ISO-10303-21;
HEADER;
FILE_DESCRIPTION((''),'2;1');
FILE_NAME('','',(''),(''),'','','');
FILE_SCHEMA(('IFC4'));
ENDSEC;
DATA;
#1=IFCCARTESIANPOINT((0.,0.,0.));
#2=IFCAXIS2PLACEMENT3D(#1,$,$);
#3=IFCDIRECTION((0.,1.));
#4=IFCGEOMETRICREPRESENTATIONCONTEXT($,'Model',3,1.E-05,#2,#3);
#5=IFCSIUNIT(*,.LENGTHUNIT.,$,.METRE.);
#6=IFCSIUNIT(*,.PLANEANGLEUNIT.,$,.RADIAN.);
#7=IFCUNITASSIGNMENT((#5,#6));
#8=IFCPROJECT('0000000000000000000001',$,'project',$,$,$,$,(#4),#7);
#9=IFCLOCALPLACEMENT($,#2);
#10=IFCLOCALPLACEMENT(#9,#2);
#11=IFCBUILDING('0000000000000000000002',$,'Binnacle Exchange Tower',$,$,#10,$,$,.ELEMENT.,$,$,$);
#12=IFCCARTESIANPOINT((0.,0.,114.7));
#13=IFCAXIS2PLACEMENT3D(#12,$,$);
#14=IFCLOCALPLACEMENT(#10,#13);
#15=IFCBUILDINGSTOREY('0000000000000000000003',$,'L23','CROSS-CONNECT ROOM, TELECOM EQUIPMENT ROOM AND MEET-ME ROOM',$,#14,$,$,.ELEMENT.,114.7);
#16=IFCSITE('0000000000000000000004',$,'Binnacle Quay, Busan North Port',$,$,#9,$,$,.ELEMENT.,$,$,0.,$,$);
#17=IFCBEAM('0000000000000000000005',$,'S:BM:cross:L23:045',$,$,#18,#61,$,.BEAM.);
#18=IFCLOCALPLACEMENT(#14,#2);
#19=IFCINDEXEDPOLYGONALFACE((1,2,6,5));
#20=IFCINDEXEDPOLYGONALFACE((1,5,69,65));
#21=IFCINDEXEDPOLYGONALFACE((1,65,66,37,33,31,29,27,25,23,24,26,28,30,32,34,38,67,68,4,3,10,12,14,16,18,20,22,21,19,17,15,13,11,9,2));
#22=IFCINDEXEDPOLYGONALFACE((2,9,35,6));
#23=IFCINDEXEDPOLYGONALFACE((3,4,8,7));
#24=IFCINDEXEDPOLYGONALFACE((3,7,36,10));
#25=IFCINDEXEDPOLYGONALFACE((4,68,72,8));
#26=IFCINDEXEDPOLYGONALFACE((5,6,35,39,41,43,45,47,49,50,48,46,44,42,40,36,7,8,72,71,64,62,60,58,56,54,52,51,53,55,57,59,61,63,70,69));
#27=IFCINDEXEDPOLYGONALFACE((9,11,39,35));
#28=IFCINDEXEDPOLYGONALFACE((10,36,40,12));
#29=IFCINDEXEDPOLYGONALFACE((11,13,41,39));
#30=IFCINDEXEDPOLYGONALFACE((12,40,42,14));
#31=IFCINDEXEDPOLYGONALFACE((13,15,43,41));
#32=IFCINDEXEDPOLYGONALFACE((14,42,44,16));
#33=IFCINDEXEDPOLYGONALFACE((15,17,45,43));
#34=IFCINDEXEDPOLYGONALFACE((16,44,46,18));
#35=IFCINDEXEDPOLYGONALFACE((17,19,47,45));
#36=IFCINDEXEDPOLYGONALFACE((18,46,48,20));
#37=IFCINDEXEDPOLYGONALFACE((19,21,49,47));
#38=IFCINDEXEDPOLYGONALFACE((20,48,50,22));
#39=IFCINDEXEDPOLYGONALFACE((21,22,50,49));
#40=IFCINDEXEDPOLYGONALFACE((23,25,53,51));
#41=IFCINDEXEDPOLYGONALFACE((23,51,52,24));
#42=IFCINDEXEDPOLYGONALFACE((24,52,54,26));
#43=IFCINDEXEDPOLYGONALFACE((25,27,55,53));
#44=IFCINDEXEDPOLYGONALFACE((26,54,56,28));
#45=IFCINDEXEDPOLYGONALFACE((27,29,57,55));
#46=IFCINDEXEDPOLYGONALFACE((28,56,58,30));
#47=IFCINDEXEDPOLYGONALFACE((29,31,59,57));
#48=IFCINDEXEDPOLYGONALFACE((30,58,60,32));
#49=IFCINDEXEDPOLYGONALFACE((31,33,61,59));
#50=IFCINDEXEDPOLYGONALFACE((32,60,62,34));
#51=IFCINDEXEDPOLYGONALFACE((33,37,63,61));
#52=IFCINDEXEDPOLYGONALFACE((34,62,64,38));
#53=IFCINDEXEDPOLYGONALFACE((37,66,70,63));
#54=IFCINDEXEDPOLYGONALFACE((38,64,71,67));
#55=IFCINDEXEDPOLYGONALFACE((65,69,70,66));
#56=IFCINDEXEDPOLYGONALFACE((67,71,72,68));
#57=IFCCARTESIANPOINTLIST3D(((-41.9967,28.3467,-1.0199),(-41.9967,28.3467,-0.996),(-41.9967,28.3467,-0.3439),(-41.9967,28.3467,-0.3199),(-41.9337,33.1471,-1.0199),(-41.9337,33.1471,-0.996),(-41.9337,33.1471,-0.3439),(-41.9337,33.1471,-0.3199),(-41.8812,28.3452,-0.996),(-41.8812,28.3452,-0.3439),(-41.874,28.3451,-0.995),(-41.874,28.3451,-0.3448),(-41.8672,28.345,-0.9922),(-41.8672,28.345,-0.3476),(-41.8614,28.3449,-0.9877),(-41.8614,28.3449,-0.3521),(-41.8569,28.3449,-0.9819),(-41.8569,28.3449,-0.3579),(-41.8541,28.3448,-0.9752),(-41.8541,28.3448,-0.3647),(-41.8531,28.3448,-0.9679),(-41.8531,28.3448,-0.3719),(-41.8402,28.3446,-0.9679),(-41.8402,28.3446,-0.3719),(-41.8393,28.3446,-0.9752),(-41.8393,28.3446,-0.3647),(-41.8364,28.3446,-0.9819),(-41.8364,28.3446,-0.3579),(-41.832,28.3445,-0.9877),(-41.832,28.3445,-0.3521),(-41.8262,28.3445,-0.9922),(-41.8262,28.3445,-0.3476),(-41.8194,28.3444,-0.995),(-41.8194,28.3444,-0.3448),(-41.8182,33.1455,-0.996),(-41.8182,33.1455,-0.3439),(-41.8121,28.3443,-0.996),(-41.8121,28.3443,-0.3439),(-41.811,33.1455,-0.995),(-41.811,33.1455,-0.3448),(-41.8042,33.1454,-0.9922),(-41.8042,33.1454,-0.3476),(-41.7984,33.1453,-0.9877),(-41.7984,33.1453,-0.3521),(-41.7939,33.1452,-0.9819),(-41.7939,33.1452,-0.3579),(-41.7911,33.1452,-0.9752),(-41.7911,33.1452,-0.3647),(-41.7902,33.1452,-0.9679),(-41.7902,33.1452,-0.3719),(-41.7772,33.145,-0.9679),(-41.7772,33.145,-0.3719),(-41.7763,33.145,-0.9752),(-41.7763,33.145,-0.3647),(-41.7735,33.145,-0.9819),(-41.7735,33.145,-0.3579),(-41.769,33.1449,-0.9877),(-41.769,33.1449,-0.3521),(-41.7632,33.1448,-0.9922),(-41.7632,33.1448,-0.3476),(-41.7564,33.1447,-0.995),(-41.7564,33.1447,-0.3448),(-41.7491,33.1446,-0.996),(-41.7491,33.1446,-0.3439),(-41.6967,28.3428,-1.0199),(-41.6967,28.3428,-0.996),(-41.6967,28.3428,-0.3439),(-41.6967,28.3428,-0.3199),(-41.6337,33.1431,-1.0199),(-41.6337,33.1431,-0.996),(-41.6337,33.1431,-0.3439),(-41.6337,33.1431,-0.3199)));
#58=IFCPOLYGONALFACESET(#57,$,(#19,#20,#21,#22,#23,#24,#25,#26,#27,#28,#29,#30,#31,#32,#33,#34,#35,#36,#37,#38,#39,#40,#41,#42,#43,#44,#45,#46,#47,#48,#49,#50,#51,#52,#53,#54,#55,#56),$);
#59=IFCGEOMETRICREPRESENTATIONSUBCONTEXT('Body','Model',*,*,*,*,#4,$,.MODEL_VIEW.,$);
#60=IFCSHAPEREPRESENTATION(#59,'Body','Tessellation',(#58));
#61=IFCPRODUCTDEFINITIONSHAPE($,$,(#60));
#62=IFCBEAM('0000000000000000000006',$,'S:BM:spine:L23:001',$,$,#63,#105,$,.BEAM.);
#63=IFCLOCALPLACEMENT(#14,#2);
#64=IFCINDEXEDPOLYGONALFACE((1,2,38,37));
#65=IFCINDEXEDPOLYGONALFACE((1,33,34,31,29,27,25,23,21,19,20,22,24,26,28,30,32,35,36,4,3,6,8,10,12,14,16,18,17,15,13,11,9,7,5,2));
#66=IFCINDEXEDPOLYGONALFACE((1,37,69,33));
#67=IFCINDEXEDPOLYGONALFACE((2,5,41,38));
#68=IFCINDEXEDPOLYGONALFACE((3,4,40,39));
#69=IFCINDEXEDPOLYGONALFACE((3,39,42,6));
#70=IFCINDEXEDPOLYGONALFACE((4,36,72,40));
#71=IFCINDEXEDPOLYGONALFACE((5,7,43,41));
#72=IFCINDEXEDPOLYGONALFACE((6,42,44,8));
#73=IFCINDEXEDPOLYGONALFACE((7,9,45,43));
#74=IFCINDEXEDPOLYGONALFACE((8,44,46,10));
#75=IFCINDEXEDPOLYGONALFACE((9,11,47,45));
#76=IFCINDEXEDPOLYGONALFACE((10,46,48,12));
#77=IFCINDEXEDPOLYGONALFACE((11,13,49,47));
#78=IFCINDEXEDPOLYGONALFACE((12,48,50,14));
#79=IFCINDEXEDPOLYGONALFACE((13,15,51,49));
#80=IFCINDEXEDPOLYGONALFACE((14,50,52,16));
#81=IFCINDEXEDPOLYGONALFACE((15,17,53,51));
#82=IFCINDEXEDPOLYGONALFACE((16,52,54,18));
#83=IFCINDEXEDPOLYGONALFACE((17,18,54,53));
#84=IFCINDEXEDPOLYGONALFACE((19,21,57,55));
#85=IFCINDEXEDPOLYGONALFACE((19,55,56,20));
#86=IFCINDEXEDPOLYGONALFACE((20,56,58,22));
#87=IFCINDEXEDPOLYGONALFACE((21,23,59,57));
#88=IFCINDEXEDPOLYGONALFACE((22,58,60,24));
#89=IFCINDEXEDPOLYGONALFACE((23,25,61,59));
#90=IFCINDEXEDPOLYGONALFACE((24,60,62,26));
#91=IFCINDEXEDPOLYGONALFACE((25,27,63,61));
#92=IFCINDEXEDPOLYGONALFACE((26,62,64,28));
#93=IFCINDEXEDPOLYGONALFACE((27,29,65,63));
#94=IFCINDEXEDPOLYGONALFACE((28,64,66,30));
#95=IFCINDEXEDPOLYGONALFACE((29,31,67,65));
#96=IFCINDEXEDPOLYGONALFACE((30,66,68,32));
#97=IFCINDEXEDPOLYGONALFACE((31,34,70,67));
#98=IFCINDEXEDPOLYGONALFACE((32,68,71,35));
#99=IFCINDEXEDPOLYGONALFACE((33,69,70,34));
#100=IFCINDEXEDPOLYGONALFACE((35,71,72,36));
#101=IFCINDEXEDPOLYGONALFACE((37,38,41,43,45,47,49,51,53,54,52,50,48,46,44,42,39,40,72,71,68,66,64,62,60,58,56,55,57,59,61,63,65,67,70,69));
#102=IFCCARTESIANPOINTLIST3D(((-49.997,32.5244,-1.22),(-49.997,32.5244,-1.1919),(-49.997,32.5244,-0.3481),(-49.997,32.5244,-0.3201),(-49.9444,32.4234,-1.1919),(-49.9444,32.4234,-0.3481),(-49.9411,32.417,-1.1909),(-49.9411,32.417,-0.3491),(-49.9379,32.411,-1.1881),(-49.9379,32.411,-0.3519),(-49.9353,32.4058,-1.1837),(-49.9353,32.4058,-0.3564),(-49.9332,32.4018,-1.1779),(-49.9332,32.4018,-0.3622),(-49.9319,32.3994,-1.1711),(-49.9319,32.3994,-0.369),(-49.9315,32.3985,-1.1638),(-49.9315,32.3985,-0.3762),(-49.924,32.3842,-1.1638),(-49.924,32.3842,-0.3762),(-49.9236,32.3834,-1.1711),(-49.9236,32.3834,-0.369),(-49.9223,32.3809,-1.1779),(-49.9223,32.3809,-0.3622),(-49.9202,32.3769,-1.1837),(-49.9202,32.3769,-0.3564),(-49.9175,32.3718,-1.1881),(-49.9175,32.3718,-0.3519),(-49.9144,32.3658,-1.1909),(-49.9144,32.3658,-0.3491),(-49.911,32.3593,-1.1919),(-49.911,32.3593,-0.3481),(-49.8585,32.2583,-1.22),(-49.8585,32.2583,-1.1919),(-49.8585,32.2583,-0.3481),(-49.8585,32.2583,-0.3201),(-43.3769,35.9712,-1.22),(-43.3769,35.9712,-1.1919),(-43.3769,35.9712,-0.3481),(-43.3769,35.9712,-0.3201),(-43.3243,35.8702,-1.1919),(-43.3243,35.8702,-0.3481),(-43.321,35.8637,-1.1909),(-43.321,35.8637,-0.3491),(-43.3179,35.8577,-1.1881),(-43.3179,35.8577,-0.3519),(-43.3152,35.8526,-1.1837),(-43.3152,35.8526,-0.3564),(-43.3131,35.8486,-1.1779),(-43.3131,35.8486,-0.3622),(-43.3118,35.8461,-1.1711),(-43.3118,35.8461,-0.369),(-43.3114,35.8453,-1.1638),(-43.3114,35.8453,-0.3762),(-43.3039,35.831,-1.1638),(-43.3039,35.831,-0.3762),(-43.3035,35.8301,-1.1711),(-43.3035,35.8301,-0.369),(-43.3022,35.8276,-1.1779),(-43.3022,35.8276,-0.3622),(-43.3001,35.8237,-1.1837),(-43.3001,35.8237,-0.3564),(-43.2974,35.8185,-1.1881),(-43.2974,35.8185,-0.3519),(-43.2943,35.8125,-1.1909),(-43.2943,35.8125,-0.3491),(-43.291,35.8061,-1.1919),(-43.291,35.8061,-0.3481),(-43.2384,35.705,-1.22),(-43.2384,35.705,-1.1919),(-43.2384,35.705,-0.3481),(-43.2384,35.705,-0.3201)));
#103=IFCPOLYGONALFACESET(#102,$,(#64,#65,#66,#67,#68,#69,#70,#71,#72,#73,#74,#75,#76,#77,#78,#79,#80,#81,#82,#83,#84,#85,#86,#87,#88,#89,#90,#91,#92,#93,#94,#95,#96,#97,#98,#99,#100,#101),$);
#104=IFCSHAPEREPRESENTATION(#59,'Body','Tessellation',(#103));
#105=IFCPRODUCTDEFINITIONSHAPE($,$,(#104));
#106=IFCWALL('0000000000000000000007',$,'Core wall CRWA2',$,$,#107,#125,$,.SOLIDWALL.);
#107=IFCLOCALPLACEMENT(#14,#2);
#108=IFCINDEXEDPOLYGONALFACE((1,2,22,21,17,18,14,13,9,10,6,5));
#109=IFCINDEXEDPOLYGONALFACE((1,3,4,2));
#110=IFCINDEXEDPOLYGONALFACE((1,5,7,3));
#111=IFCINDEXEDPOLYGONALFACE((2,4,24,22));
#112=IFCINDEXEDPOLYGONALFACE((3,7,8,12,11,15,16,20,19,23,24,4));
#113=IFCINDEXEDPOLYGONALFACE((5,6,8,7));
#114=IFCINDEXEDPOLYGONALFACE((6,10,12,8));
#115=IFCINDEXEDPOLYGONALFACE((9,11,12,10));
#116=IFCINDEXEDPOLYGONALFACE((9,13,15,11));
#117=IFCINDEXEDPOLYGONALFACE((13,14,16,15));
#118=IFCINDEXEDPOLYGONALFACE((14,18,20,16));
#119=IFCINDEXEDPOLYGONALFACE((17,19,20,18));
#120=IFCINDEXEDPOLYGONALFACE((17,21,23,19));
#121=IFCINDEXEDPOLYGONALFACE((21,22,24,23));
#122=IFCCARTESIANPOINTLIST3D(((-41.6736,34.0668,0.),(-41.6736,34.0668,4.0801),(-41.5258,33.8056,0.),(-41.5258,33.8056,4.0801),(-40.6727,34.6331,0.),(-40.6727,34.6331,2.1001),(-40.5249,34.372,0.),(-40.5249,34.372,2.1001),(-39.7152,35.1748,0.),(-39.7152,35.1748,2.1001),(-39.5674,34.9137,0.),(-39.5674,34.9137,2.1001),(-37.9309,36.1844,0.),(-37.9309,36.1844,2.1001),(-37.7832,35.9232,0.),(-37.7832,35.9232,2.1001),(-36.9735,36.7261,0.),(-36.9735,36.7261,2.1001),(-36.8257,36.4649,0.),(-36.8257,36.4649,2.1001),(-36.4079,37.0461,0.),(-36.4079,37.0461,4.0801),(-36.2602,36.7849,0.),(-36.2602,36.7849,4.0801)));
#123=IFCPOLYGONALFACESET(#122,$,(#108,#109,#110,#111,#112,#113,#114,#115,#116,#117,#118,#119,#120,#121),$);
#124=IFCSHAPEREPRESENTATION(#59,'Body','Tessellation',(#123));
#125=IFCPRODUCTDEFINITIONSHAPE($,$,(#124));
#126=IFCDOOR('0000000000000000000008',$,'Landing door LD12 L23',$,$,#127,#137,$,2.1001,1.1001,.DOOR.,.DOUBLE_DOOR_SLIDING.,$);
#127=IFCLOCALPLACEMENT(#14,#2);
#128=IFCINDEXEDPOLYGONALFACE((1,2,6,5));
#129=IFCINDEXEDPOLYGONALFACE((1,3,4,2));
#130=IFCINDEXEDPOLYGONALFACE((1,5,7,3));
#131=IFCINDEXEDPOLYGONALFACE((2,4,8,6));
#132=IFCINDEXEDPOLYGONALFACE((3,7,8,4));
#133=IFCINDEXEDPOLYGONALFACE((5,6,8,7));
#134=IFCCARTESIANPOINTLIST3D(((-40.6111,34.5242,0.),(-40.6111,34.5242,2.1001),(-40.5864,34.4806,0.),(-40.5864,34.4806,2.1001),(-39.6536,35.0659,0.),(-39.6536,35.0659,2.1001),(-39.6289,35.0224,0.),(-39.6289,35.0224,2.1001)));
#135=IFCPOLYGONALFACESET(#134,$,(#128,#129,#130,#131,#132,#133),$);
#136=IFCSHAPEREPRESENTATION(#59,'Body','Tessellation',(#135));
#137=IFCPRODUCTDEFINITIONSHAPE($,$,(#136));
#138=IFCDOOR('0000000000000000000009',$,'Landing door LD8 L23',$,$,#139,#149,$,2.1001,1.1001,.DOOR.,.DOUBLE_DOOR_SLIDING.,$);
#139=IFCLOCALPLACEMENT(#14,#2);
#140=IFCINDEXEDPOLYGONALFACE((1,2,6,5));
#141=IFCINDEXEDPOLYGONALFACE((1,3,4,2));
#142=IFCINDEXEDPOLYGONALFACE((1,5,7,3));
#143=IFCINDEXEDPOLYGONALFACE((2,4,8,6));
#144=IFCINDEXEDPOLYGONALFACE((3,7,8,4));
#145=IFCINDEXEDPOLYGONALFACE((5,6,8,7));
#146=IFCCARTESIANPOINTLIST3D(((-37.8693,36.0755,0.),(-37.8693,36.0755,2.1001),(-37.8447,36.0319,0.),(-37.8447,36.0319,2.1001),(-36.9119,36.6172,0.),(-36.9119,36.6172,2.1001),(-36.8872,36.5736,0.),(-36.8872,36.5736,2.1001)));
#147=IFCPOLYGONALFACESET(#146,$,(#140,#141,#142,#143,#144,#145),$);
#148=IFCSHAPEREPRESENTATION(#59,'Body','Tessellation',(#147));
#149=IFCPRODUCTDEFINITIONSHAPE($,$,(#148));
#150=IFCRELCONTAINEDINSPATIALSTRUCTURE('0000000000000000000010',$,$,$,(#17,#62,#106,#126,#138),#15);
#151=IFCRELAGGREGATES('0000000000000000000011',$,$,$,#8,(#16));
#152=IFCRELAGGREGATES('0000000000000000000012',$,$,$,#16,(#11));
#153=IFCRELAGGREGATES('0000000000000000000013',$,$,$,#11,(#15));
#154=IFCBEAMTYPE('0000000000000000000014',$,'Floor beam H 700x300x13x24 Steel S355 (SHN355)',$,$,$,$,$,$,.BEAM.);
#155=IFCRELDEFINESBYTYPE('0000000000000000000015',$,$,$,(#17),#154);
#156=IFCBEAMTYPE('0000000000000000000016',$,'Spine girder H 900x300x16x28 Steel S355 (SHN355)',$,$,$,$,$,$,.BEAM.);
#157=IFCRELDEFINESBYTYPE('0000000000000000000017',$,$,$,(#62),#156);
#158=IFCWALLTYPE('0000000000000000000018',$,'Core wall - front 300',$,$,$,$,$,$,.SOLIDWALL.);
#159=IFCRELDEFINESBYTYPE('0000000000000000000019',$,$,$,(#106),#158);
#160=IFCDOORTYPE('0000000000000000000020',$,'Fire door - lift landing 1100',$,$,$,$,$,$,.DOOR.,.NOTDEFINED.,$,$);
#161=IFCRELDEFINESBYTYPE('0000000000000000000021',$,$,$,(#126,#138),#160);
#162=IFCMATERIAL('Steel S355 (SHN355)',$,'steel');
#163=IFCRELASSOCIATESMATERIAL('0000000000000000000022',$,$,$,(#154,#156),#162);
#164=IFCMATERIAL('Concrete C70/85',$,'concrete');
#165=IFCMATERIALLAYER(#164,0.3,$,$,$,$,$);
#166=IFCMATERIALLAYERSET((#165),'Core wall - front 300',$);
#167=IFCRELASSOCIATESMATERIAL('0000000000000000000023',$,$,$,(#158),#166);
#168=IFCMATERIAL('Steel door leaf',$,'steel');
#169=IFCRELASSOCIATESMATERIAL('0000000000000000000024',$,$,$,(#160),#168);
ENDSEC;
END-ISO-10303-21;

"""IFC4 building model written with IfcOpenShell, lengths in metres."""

from ifc_helpers import new_model, si_unit, direction, frame, frame_2d, origin, origin_2d, place, context, subcontext, project, spatial, rectangle, i_section, extrude, material, layer, layer_set, material_profile, profile_set, type_object, element, fill, save


model = new_model("IFC4")

# Units and contexts
model_context = context("Model", 3, precision=1e-05, world=origin(), true_north=direction((0.0, 1.0)))
body_context = subcontext(model_context, "Body", "Model", "MODEL_VIEW")
ifc_project = project(units=[si_unit("LENGTHUNIT", "METRE"), si_unit("PLANEANGLEUNIT", "RADIAN")], contexts=[model_context])

# Site, building, storey
site_placement = place(None, origin())
site = spatial("IfcSite", under=ifc_project, at=site_placement, Name="Binnacle Quay, Busan North Port", CompositionType="ELEMENT", RefElevation=0.0)
building_placement = place(site_placement, origin())
building = spatial("IfcBuilding", under=site, at=building_placement, Name="Binnacle Exchange Tower", CompositionType="ELEMENT")
storey_placement = place(building_placement, frame((0.0, 0.0, 114.7)))
storey = spatial("IfcBuildingStorey", under=building, at=storey_placement, Name="L23", Description="CROSS-CONNECT ROOM, TELECOM EQUIPMENT ROOM AND MEET-ME ROOM", CompositionType="ELEMENT", Elevation=114.7)

# Shared definitions
ifc_material_1 = material(Name="Concrete C70/85", Category="concrete")

# Beams
ifc_material_2 = material(Name="Steel S355 (SHN355)", Category="steel")
ifc_material_profile_1 = material_profile(ifc_material_2, i_section(OverallWidth=0.3, OverallDepth=0.7, WebThickness=0.0129, FlangeThickness=0.0239, FilletRadius=0.0281, at=origin_2d()), Name="H 700x300x13x24")
ifc_profile_set_1 = profile_set([ifc_material_profile_1], Name="Steel S355 (SHN355)")
beam_type_1 = type_object("IfcBeamType", Name="Floor beam H 700x300x13x24 Steel S355 (SHN355)", PredefinedType="BEAM", material=ifc_profile_set_1)
beam_1_placement = place(storey_placement, frame((-41.8467, 28.3447, -0.6699), z_axis=(0.013121, 0.999914, 0.0), x_axis=(-0.999914, 0.013121, 0.0)))
element("IfcBeam", 1, at=beam_1_placement, inside=storey, type_object=beam_type_1, Name="S:BM:cross:L23:045", PredefinedType="BEAM", context=body_context, shape_type="SweptSolid", body=[
    extrude(i_section(OverallWidth=0.3, OverallDepth=0.7, WebThickness=0.0129, FlangeThickness=0.0239, FilletRadius=0.0281, at=origin_2d()), origin(), (0.0, 0.0, 1.0), 4.8008),
])
ifc_material_profile_2 = material_profile(ifc_material_2, i_section(OverallWidth=0.3, OverallDepth=0.8999, WebThickness=0.0161, FlangeThickness=0.0281, FilletRadius=0.0281, at=origin_2d()), Name="H 900x300x16x28")
ifc_profile_set_2 = profile_set([ifc_material_profile_2], Name="Steel S355 (SHN355)")
beam_type_2 = type_object("IfcBeamType", Name="Spine girder H 900x300x16x28 Steel S355 (SHN355)", PredefinedType="BEAM", material=ifc_profile_set_2)
beam_2_placement = place(storey_placement, frame((-49.9277, 32.3914, -0.77), z_axis=(0.88698, 0.461808, 0.0), x_axis=(-0.461808, 0.88698, 0.0)))
element("IfcBeam", 2, at=beam_2_placement, inside=storey, type_object=beam_type_2, Name="S:BM:spine:L23:001", PredefinedType="BEAM", context=body_context, shape_type="SweptSolid", body=[
    extrude(i_section(OverallWidth=0.3, OverallDepth=0.8999, WebThickness=0.0161, FlangeThickness=0.0281, FilletRadius=0.0281, at=origin_2d()), origin(), (0.0, 0.0, 1.0), 7.4636),
])

# Wall, openings, doors
ifc_layer_1 = layer(ifc_material_1, 0.3)
ifc_layer_set_1 = layer_set([ifc_layer_1], Name="Core wall - front 300")
wall_type_1 = type_object("IfcWallType", Name="Core wall - front 300", PredefinedType="SOLIDWALL", material=ifc_layer_set_1)
wall_1_placement = place(storey_placement, frame((-41.5996, 33.9363, 0.0), z_axis=(0.0, 0.0, 1.0), x_axis=(0.870349, 0.492436, 0.0)))
wall_1 = element("IfcWall", 3, at=wall_1_placement, inside=storey, type_object=wall_type_1, Name="Core wall CRWA2", PredefinedType="SOLIDWALL", context=body_context, shape_type="SweptSolid", body=[
    extrude(rectangle(XDim=6.05, YDim=0.3, at=frame_2d((3.0249, 0.0))), origin(), (0.0, 0.0, 1.0), 4.0801),
])
opening_1_placement = place(wall_1_placement, frame((1.1499, 0.0, 0.0)))
opening_1 = element("IfcOpeningElement", 4, at=opening_1_placement, cuts=wall_1, PredefinedType="OPENING", context=body_context, shape_type="SweptSolid", body=[
    extrude(rectangle(XDim=1.1001, YDim=2.1001, at=frame_2d((0.55, 1.05))), frame((0.0, 0.1599, 0.0), z_axis=(0.0, -1.0, 0.0), x_axis=(1.0, 0.0, 0.0)), (0.0, 0.0, 1.0), 0.3201),
])
opening_2_placement = place(wall_1_placement, frame((4.3, 0.0, 0.0)))
opening_2 = element("IfcOpeningElement", 5, at=opening_2_placement, cuts=wall_1, PredefinedType="OPENING", context=body_context, shape_type="SweptSolid", body=[
    extrude(rectangle(XDim=1.1001, YDim=2.1001, at=frame_2d((0.55, 1.05))), frame((0.0, 0.1599, 0.0), z_axis=(0.0, -1.0, 0.0), x_axis=(1.0, 0.0, 0.0)), (0.0, 0.0, 1.0), 0.3201),
])
ifc_material_3 = material(Name="Steel door leaf", Category="steel")
door_type_1 = type_object("IfcDoorType", Name="Fire door - lift landing 1100", OperationType="NOTDEFINED", PredefinedType="DOOR", material=ifc_material_3)
door_1_placement = place(opening_1_placement, origin())
door_1 = element("IfcDoor", 6, at=door_1_placement, inside=storey, type_object=door_type_1, Name="Landing door LD12 L23", OperationType="DOUBLE_DOOR_SLIDING", OverallHeight=2.1001, OverallWidth=1.1001, PredefinedType="DOOR", context=body_context, shape_type="SweptSolid", body=[
    extrude(rectangle(XDim=1.1001, YDim=2.1001, at=frame_2d((0.55, 1.05))), frame((0.0, 0.0249, 0.0), z_axis=(0.0, -1.0, 0.0), x_axis=(1.0, 0.0, 0.0)), (0.0, 0.0, 1.0), 0.05),
])
fill(opening_1, door_1)
door_2_placement = place(opening_2_placement, origin())
door_2 = element("IfcDoor", 7, at=door_2_placement, inside=storey, type_object=door_type_1, Name="Landing door LD8 L23", OperationType="DOUBLE_DOOR_SLIDING", OverallHeight=2.1001, OverallWidth=1.1001, PredefinedType="DOOR", context=body_context, shape_type="SweptSolid", body=[
    extrude(rectangle(XDim=1.1001, YDim=2.1001, at=frame_2d((0.55, 1.05))), frame((0.0, 0.0249, 0.0), z_axis=(0.0, -1.0, 0.0), x_axis=(1.0, 0.0, 0.0)), (0.0, 0.0, 1.0), 0.05),
])
fill(opening_2, door_2)

save(model, "model.ifc")
